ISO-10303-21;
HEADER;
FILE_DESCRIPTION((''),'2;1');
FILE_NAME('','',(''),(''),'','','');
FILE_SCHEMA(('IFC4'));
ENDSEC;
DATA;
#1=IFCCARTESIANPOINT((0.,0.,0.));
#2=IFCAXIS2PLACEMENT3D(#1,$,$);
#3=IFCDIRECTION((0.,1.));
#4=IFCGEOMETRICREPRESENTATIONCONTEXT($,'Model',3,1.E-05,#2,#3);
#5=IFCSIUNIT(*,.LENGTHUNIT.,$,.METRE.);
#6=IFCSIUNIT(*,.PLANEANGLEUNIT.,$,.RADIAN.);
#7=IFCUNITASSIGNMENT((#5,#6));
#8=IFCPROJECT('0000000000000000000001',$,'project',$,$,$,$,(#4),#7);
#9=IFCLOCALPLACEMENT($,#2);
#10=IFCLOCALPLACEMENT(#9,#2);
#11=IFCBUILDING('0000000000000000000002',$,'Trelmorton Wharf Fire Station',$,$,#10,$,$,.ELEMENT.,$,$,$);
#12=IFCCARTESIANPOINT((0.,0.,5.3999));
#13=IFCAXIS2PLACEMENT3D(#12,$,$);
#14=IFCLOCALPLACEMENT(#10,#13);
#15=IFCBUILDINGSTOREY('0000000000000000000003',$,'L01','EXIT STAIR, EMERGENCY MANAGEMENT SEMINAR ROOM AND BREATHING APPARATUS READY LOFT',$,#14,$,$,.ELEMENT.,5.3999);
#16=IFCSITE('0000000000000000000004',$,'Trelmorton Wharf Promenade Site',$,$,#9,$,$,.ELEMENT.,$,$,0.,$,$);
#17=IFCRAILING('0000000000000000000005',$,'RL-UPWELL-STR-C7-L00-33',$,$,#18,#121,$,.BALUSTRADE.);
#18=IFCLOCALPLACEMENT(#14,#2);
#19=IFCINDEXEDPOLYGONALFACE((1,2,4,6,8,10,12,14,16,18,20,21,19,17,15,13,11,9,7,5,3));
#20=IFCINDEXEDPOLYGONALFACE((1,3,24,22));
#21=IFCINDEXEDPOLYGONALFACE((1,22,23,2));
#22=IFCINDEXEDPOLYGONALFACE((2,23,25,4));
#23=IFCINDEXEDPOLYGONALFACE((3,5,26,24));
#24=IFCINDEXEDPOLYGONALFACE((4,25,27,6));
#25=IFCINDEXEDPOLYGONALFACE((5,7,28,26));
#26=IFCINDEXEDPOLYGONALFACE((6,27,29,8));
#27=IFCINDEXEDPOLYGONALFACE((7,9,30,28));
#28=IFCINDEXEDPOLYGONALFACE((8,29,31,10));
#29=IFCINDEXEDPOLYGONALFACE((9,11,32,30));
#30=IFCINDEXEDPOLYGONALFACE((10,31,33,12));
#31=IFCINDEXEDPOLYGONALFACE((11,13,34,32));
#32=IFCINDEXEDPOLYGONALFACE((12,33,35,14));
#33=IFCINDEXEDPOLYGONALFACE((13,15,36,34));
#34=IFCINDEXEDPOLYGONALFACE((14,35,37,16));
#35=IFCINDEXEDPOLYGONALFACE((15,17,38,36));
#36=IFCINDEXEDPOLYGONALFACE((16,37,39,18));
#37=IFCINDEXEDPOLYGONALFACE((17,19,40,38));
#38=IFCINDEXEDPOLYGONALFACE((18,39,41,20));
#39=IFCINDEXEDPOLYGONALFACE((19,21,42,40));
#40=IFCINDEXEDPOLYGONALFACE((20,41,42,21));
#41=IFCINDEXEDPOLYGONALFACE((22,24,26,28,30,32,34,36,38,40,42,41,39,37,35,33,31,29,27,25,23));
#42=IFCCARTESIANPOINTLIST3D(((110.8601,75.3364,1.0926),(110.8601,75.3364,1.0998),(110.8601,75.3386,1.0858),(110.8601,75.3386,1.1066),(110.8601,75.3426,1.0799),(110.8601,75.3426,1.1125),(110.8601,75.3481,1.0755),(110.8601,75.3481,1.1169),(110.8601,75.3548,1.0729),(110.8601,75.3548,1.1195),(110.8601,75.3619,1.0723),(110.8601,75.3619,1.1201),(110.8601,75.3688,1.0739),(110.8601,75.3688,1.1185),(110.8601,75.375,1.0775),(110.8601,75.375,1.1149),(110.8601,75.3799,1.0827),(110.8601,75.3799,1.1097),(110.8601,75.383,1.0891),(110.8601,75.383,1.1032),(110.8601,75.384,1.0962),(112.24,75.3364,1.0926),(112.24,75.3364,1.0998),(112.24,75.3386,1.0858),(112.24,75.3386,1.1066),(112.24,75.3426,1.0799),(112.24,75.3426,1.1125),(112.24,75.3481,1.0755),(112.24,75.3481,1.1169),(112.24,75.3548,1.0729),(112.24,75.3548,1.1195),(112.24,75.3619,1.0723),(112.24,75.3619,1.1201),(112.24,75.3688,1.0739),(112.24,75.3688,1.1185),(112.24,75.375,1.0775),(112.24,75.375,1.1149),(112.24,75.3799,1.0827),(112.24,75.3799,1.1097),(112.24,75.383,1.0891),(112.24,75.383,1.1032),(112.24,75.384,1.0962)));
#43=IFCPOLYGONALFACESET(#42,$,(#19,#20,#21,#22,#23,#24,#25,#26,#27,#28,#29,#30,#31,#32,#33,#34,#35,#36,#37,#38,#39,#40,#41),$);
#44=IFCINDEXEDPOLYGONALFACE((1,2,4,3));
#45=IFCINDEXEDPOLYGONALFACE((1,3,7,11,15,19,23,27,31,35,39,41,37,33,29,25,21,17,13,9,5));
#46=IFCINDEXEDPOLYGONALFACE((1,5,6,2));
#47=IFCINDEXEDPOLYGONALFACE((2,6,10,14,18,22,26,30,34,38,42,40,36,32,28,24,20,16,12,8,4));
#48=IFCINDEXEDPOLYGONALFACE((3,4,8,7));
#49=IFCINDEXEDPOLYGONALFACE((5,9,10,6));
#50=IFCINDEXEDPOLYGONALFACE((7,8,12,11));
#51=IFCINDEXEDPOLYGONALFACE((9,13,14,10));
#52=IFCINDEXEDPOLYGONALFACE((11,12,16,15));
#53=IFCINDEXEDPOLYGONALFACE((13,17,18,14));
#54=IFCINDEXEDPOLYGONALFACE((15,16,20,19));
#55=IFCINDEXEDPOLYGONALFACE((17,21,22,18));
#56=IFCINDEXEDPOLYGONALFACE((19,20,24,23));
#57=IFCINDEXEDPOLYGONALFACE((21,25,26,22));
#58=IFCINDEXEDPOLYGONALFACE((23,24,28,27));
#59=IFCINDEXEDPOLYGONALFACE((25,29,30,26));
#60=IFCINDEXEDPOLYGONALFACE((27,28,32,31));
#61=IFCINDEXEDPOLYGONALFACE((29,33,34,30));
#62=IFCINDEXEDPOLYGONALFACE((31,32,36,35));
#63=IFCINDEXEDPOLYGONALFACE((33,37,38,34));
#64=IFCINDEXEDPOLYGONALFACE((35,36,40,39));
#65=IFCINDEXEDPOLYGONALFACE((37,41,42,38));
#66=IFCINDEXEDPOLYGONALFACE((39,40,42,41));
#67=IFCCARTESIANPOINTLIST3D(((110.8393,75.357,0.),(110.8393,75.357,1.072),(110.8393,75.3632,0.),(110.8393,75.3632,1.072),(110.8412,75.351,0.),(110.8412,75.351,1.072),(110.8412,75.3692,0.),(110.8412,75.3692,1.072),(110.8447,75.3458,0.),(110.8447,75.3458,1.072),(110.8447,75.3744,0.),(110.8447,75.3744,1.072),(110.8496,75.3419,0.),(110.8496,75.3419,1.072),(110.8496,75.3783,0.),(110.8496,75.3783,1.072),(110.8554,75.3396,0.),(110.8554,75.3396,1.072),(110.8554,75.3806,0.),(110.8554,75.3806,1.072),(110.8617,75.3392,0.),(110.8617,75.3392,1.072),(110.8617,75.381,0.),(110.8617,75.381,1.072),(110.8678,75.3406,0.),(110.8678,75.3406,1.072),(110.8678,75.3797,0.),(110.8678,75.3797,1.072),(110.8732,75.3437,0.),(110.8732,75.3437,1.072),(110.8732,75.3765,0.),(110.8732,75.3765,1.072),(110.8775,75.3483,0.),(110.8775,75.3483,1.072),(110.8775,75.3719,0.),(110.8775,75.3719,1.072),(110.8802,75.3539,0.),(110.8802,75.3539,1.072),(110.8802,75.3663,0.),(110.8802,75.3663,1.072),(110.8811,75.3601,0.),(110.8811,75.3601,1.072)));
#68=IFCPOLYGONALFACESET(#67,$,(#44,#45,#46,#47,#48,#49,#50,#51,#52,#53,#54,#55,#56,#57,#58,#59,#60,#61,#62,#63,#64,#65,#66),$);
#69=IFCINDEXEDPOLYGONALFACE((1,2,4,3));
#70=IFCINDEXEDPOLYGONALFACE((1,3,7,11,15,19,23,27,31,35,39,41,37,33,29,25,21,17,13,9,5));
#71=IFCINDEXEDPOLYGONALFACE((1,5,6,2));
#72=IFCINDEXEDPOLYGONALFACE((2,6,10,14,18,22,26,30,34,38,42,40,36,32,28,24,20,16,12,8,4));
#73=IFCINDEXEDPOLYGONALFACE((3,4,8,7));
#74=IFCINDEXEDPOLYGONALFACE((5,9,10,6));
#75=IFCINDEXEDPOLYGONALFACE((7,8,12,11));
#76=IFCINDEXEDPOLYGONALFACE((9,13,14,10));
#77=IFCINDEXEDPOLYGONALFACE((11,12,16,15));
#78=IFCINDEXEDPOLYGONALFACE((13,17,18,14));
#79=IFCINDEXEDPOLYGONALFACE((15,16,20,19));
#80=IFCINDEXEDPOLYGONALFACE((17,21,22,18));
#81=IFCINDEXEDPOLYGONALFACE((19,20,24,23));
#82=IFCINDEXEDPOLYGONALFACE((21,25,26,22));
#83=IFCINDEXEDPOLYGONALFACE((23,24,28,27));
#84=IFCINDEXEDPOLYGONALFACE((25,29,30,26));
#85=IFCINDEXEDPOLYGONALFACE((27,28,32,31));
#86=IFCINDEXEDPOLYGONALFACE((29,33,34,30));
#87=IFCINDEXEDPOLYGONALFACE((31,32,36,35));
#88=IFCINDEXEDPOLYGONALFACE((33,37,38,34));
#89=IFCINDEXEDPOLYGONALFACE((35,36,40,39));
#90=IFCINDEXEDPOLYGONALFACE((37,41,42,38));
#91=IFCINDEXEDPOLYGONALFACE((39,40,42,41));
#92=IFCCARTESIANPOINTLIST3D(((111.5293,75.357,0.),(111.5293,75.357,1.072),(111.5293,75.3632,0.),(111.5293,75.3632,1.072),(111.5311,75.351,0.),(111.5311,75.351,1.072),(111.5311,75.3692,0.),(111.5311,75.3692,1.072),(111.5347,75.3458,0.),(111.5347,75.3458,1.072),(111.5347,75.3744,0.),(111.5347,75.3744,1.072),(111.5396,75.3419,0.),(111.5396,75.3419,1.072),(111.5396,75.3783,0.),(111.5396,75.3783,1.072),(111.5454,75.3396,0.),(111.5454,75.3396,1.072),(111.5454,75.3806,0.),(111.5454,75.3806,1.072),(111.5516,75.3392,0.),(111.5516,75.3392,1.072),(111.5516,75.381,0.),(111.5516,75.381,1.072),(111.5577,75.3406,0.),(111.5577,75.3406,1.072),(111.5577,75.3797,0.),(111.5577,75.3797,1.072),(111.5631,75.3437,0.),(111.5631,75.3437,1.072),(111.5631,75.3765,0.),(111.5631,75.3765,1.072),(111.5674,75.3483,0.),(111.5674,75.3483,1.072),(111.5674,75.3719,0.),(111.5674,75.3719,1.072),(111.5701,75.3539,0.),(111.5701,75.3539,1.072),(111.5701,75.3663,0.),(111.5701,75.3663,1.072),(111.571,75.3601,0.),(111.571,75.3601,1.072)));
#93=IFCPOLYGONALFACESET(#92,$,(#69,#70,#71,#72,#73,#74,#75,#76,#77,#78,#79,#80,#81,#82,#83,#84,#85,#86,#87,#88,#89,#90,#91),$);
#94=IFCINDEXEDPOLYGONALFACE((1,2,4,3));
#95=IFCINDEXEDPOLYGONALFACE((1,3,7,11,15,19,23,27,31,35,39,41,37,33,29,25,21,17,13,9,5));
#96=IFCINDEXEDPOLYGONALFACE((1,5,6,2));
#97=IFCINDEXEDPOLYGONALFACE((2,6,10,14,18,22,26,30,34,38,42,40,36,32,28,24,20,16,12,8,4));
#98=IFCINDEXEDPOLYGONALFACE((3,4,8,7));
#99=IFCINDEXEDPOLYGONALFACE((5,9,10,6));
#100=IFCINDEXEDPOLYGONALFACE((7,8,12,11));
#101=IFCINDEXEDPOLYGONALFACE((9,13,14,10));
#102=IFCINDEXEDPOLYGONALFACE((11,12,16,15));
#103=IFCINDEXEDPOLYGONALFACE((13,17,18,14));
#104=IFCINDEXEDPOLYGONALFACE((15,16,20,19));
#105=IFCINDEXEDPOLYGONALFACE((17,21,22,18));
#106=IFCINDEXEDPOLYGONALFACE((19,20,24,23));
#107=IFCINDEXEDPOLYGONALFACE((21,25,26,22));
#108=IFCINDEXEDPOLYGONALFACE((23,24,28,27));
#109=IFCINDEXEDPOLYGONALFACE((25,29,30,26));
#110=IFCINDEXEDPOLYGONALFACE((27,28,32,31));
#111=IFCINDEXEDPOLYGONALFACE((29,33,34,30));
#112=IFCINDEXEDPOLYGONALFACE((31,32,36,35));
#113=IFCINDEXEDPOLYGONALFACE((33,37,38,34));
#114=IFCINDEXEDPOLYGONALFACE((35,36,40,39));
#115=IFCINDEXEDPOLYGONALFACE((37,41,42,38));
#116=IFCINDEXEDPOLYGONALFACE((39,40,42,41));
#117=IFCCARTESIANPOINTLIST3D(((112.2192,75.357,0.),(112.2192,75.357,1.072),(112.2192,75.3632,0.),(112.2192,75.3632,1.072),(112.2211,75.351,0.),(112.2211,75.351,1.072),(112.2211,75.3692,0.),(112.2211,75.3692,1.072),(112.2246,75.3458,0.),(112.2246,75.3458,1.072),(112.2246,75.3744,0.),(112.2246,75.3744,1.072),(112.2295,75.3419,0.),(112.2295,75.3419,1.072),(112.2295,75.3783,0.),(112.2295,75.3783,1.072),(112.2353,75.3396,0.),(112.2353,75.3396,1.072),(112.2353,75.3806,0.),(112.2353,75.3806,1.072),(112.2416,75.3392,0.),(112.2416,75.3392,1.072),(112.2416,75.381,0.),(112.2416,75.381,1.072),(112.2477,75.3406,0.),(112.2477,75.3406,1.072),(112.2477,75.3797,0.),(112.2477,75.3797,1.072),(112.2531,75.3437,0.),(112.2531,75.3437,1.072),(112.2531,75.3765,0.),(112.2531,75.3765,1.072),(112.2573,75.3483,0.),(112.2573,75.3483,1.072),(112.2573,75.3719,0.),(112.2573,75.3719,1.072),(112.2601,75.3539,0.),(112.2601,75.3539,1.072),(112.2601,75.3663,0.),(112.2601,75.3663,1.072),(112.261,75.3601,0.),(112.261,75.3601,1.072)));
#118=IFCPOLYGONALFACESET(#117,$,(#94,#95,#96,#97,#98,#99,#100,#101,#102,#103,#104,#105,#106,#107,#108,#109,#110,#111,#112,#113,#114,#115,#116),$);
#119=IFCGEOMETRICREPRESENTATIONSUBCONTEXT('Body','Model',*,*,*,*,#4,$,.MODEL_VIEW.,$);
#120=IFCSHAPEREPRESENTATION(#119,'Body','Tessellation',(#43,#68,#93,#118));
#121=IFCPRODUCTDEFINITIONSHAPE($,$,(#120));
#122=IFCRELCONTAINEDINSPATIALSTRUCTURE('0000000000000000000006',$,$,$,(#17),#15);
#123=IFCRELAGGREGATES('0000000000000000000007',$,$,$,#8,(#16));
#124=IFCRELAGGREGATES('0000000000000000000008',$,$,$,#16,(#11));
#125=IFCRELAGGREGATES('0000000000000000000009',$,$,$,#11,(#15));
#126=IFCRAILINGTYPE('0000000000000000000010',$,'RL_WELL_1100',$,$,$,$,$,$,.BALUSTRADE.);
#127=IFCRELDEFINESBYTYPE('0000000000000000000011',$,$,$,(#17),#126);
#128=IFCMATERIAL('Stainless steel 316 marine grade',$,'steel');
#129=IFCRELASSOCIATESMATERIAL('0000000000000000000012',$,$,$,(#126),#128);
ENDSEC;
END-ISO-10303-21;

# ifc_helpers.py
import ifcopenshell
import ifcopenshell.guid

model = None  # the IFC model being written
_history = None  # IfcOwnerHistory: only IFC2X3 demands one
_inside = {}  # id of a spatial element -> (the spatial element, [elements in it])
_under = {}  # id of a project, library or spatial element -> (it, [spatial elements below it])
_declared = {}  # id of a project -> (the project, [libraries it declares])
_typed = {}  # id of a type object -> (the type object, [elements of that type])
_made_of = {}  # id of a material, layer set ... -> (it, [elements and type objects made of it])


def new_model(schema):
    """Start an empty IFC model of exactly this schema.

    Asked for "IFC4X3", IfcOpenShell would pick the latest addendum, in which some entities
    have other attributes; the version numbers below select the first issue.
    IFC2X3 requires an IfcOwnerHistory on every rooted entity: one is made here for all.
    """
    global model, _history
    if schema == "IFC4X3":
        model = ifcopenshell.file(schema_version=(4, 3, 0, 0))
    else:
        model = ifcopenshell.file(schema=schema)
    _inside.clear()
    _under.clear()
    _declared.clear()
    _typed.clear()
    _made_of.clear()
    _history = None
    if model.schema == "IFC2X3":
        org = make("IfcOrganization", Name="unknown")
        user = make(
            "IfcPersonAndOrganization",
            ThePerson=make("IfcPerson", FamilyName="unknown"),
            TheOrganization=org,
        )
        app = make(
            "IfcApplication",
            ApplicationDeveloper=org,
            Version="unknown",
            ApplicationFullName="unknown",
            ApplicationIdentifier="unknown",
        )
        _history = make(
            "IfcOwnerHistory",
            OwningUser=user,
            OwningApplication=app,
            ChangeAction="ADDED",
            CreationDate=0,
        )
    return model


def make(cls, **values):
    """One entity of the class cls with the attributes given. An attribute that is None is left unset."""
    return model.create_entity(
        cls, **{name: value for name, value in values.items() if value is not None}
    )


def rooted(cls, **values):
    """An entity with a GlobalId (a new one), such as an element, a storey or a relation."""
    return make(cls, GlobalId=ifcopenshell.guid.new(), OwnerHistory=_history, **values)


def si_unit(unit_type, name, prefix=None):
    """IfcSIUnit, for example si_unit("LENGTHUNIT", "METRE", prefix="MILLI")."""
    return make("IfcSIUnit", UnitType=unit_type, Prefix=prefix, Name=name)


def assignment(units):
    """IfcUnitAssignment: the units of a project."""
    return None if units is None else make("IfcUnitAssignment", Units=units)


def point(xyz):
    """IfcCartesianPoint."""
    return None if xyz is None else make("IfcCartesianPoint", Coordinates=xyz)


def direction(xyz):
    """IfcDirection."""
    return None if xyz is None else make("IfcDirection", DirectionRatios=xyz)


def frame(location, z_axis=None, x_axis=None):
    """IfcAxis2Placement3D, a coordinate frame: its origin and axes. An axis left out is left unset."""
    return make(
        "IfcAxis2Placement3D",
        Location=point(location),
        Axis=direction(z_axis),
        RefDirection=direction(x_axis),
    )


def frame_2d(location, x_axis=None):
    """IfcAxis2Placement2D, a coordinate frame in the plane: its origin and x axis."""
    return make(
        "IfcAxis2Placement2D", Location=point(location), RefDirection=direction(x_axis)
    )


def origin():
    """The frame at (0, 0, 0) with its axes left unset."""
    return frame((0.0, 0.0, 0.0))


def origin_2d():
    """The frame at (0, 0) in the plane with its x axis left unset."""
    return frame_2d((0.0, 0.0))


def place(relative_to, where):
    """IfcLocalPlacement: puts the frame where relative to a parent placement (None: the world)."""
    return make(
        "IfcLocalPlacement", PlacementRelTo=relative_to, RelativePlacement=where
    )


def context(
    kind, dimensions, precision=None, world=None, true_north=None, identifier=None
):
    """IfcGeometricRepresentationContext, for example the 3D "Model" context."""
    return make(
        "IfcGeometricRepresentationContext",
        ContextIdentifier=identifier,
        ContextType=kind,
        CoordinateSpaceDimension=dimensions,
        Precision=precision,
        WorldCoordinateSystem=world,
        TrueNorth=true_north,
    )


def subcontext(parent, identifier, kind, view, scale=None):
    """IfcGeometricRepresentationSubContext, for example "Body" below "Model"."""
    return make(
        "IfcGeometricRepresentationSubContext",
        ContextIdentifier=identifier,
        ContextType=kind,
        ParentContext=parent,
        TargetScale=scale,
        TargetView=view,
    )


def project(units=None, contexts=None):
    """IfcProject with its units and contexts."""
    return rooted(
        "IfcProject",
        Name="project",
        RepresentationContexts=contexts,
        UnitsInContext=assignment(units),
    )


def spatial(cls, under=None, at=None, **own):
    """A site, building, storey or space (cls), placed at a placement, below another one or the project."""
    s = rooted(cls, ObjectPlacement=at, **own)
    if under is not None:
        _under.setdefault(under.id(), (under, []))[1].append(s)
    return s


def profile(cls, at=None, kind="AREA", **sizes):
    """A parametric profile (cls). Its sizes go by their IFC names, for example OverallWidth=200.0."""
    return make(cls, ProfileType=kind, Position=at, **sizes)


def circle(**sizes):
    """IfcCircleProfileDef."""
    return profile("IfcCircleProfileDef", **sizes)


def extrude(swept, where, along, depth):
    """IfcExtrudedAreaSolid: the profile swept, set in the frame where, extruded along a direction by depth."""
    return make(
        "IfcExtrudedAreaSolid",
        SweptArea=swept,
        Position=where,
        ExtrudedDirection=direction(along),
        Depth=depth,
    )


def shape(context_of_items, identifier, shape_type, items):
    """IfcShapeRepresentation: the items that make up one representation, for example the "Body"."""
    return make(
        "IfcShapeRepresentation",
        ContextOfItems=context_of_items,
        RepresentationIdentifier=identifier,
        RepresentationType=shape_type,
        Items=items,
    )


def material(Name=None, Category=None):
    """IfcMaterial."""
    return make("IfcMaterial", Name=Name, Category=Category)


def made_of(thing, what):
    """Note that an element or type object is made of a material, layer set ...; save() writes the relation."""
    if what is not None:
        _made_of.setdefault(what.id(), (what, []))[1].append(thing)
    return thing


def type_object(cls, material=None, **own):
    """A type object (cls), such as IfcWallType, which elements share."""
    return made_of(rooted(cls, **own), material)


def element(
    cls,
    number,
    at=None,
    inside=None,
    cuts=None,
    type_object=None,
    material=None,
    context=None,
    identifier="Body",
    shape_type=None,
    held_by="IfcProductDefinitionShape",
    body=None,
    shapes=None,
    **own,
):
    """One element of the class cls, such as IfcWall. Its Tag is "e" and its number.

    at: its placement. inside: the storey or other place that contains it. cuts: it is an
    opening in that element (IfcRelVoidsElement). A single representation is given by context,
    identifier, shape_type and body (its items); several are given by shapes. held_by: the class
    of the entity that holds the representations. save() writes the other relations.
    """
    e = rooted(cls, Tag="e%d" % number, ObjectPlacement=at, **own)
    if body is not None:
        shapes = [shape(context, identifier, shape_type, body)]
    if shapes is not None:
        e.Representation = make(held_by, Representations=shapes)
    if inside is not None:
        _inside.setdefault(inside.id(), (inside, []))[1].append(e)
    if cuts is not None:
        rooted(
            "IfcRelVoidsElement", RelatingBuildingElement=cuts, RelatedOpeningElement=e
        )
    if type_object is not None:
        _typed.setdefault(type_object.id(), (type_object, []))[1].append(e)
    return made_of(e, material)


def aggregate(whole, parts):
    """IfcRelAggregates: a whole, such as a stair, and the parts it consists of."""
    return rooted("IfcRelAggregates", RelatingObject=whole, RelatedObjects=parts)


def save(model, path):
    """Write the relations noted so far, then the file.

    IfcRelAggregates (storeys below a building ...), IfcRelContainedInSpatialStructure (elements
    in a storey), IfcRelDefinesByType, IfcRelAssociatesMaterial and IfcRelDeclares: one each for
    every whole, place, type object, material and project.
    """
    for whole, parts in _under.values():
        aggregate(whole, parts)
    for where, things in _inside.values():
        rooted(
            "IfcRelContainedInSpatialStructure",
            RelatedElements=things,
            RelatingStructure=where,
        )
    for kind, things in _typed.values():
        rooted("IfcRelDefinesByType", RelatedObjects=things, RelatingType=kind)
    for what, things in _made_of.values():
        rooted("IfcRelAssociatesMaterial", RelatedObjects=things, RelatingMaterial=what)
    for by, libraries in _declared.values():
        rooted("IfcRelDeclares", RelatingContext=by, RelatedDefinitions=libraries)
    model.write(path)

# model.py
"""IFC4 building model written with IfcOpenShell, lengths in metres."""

from ifc_helpers import new_model, si_unit, direction, frame, origin, origin_2d, place, context, subcontext, project, spatial, circle, extrude, material, type_object, element, save


model = new_model("IFC4")

# Units and contexts
model_context = context("Model", 3, precision=1e-05, world=origin(), true_north=direction((0.0, 1.0)))
body_context = subcontext(model_context, "Body", "Model", "MODEL_VIEW")
ifc_project = project(units=[si_unit("LENGTHUNIT", "METRE"), si_unit("PLANEANGLEUNIT", "RADIAN")], contexts=[model_context])

# Site, building, storey
site_placement = place(None, origin())
site = spatial("IfcSite", under=ifc_project, at=site_placement, Name="Trelmorton Wharf Promenade Site", CompositionType="ELEMENT", RefElevation=0.0)
building_placement = place(site_placement, origin())
building = spatial("IfcBuilding", under=site, at=building_placement, Name="Trelmorton Wharf Fire Station", CompositionType="ELEMENT")
storey_placement = place(building_placement, frame((0.0, 0.0, 5.3999)))
storey = spatial("IfcBuildingStorey", under=building, at=storey_placement, Name="L01", Description="EXIT STAIR, EMERGENCY MANAGEMENT SEMINAR ROOM AND BREATHING APPARATUS READY LOFT", CompositionType="ELEMENT", Elevation=5.3999)

# Shared definitions
ifc_material_1 = material(Name="Stainless steel 316 marine grade", Category="steel")

# Railing
railing_type_1 = type_object("IfcRailingType", Name="RL_WELL_1100", PredefinedType="BALUSTRADE", material=ifc_material_1)
railing_1_placement = place(storey_placement, frame((110.8601, 75.3601, 0.0)))
element("IfcRailing", 1, at=railing_1_placement, inside=storey, type_object=railing_type_1, Name="RL-UPWELL-STR-C7-L00-33", PredefinedType="BALUSTRADE", context=body_context, shape_type="SweptSolid", body=[
    extrude(circle(Radius=0.0239, at=origin_2d()), frame((0.0, 0.0, 1.0962), z_axis=(1.0, 0.0, 0.0), x_axis=(0.0, 1.0, 0.0)), (0.0, 0.0, 1.0), 1.3799),
    extrude(circle(Radius=0.021, at=origin_2d()), origin(), (0.0, 0.0, 1.0), 1.072),
    extrude(circle(Radius=0.021, at=origin_2d()), frame((0.6899, 0.0, 0.0)), (0.0, 0.0, 1.0), 1.072),
    extrude(circle(Radius=0.021, at=origin_2d()), frame((1.3799, 0.0, 0.0)), (0.0, 0.0, 1.0), 1.072),
])

save(model, "model.ifc")
